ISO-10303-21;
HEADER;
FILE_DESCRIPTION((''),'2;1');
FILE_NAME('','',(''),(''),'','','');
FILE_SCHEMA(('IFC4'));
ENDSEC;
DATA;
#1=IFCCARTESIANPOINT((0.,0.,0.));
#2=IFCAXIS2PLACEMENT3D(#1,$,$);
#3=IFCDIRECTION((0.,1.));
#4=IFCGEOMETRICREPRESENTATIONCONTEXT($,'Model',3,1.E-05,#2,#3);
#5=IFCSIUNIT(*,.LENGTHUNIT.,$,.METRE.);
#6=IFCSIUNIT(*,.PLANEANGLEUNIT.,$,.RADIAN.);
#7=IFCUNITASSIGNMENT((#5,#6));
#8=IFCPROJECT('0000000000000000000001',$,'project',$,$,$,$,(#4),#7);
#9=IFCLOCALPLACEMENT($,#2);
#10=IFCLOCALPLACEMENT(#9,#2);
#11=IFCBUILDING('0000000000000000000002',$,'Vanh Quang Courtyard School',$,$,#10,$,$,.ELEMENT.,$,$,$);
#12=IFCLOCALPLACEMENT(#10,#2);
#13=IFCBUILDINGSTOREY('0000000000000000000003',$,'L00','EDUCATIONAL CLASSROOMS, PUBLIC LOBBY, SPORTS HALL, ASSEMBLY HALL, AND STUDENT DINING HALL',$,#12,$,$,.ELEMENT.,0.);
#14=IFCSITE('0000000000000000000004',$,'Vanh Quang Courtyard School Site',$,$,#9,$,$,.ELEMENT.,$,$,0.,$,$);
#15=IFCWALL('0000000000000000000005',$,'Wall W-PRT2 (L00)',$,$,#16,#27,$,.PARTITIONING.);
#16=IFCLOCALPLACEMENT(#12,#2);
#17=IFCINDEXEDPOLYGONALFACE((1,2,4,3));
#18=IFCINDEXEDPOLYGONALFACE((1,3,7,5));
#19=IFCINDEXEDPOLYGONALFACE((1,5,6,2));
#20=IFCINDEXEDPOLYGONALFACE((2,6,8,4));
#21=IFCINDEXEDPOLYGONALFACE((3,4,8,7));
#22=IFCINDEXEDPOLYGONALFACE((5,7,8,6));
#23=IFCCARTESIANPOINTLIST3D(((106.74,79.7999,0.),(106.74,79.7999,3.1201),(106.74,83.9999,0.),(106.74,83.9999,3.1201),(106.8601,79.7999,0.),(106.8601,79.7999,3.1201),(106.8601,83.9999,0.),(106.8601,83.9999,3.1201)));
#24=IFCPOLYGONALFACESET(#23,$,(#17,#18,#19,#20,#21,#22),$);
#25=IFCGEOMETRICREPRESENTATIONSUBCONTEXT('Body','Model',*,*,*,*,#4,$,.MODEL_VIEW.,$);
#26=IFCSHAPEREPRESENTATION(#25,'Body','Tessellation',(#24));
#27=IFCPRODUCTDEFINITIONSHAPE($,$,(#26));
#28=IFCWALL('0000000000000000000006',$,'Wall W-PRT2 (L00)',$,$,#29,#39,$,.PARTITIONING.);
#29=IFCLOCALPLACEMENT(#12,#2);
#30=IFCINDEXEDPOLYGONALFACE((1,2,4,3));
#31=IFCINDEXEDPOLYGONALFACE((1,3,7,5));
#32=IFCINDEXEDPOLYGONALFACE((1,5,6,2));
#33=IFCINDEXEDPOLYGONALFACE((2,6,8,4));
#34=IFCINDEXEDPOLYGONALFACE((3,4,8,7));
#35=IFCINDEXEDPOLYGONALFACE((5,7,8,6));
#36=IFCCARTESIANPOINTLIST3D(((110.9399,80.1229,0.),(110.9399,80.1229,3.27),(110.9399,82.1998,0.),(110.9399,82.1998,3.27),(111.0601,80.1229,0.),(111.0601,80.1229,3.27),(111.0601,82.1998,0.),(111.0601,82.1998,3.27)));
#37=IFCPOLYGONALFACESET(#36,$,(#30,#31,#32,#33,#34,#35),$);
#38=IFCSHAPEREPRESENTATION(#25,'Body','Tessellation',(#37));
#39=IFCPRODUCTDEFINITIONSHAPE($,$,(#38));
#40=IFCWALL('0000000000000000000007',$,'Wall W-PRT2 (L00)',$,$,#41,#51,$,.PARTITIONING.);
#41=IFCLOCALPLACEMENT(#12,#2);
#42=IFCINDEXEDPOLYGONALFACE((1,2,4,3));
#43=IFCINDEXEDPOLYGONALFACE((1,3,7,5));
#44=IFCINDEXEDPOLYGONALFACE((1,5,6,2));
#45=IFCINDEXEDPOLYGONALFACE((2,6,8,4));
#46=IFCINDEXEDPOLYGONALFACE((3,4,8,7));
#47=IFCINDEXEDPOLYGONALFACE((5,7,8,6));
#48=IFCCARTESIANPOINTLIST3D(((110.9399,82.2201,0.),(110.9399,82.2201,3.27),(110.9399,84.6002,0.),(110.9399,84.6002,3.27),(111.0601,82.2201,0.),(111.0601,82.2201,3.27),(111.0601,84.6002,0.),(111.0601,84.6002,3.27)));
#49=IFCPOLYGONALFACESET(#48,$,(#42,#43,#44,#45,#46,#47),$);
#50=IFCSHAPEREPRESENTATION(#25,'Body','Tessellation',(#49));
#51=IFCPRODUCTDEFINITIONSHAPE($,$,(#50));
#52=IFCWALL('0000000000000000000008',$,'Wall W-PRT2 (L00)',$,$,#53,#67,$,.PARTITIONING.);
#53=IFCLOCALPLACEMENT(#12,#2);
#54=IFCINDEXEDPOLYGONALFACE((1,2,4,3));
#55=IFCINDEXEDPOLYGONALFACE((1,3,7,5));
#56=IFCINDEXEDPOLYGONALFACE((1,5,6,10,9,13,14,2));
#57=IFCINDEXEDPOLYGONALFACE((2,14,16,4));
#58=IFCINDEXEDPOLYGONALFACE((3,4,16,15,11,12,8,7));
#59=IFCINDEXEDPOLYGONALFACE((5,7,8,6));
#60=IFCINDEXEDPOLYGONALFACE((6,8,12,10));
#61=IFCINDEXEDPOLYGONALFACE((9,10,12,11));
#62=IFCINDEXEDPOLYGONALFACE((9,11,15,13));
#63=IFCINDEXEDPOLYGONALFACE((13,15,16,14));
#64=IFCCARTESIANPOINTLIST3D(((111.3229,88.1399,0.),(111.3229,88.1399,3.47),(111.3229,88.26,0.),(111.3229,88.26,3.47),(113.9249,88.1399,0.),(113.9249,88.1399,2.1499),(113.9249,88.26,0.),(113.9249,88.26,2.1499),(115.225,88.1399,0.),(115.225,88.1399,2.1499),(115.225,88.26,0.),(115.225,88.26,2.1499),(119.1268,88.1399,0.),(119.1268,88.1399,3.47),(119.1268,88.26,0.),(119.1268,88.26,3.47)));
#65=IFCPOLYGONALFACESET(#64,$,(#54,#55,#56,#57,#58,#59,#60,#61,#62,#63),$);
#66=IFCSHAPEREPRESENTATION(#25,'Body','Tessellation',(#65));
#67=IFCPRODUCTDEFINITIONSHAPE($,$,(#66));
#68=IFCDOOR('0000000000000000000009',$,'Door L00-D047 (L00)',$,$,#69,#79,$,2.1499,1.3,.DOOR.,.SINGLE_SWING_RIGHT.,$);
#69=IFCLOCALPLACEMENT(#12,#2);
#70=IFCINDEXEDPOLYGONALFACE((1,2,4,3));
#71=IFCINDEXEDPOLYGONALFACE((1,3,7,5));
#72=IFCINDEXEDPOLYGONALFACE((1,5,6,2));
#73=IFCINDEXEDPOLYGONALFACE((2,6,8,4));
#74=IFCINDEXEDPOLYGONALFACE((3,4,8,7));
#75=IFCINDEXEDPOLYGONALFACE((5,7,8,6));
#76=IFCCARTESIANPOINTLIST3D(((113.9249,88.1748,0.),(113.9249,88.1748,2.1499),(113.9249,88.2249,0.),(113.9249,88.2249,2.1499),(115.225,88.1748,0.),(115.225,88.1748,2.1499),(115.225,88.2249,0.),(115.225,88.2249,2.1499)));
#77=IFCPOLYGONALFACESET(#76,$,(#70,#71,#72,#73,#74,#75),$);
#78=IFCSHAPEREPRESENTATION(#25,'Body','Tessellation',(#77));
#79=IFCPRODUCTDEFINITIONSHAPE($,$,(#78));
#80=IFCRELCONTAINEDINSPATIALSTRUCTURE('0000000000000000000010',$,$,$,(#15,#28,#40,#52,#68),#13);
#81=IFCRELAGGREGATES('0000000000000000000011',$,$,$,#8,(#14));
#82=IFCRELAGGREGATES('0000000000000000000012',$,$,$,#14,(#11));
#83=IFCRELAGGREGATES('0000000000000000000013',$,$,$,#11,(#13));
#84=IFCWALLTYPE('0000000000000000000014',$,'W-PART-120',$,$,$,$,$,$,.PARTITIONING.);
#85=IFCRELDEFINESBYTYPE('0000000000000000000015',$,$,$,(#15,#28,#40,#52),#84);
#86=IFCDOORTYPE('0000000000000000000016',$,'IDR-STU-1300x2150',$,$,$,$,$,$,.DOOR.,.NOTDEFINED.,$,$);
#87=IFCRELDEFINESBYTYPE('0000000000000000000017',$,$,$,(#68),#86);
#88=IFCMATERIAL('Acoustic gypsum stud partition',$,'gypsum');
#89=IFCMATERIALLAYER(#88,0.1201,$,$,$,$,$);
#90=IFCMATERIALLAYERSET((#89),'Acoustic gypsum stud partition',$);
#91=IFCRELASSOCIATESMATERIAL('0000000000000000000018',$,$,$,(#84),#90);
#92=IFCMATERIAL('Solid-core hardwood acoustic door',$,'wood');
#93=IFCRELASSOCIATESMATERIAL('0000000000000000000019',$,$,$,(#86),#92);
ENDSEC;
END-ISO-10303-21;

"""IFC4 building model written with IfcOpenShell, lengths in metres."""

from ifc_helpers import new_model, si_unit, direction, frame, frame_2d, origin, place, context, subcontext, project, spatial, rectangle, extrude, material, layer, layer_set, type_object, element, fill, save


model = new_model("IFC4")

# Units and contexts
model_context = context("Model", 3, precision=1e-05, world=origin(), true_north=direction((0.0, 1.0)))
body_context = subcontext(model_context, "Body", "Model", "MODEL_VIEW")
ifc_project = project(units=[si_unit("LENGTHUNIT", "METRE"), si_unit("PLANEANGLEUNIT", "RADIAN")], contexts=[model_context])

# Site, building, storey
site_placement = place(None, origin())
site = spatial("IfcSite", under=ifc_project, at=site_placement, Name="Vanh Quang Courtyard School Site", CompositionType="ELEMENT", RefElevation=0.0)
building_placement = place(site_placement, origin())
building = spatial("IfcBuilding", under=site, at=building_placement, Name="Vanh Quang Courtyard School", CompositionType="ELEMENT")
storey_placement = place(building_placement, origin())
storey = spatial("IfcBuildingStorey", under=building, at=storey_placement, Name="L00", Description="EDUCATIONAL CLASSROOMS, PUBLIC LOBBY, SPORTS HALL, ASSEMBLY HALL, AND STUDENT DINING HALL", CompositionType="ELEMENT", Elevation=0.0)

# Walls
ifc_material_1 = material(Name="Acoustic gypsum stud partition", Category="gypsum")
ifc_layer_1 = layer(ifc_material_1, 0.1201)
ifc_layer_set_1 = layer_set([ifc_layer_1], Name="Acoustic gypsum stud partition")
wall_type_1 = type_object("IfcWallType", Name="W-PART-120", PredefinedType="PARTITIONING", material=ifc_layer_set_1)
wall_1_placement = place(storey_placement, frame((106.8, 84.0, 0.0), z_axis=(0.0, 0.0, 1.0), x_axis=(0.0, -1.0, 0.0)))
element("IfcWall", 1, at=wall_1_placement, inside=storey, type_object=wall_type_1, Name="Wall W-PRT2 (L00)", PredefinedType="PARTITIONING", context=body_context, shape_type="SweptSolid", body=[
    extrude(rectangle(XDim=4.2, YDim=0.1201, at=frame_2d((2.1001, 0.0))), origin(), (0.0, 0.0, 1.0), 3.1201),
])
wall_2_placement = place(storey_placement, frame((111.0, 82.2, 0.0), z_axis=(0.0, 0.0, 1.0), x_axis=(0.0, -1.0, 0.0)))
element("IfcWall", 2, at=wall_2_placement, inside=storey, type_object=wall_type_1, Name="Wall W-PRT2 (L00)", PredefinedType="PARTITIONING", context=body_context, shape_type="SweptSolid", body=[
    extrude(rectangle(XDim=2.0769, YDim=0.1201, at=frame_2d((1.0386, 0.0))), origin(), (0.0, 0.0, 1.0), 3.27),
])
wall_3_placement = place(storey_placement, frame((111.0, 84.6001, 0.0), z_axis=(0.0, 0.0, 1.0), x_axis=(0.0, -1.0, 0.0)))
element("IfcWall", 3, at=wall_3_placement, inside=storey, type_object=wall_type_1, Name="Wall W-PRT2 (L00)", PredefinedType="PARTITIONING", context=body_context, shape_type="SweptSolid", body=[
    extrude(rectangle(XDim=2.3801, YDim=0.1201, at=frame_2d((1.1899, 0.0))), origin(), (0.0, 0.0, 1.0), 3.27),
])

# Wall, opening, door
wall_4_placement = place(storey_placement, frame((111.323, 88.2, 0.0), z_axis=(0.0, 0.0, 1.0), x_axis=(1.0, 0.0, 0.0)))
wall_4 = element("IfcWall", 4, at=wall_4_placement, inside=storey, type_object=wall_type_1, Name="Wall W-PRT2 (L00)", PredefinedType="PARTITIONING", context=body_context, shape_type="SweptSolid", body=[
    extrude(rectangle(XDim=7.804, YDim=0.1201, at=frame_2d((3.9019, 0.0))), origin(), (0.0, 0.0, 1.0), 3.47),
])
opening_1_placement = place(wall_4_placement, frame((2.6021, 0.0, 0.0)))
opening_1 = element("IfcOpeningElement", 5, at=opening_1_placement, cuts=wall_4, PredefinedType="OPENING", context=body_context, shape_type="SweptSolid", body=[
    extrude(rectangle(XDim=1.3, YDim=2.1499, at=frame_2d((0.6499, 1.075))), frame((0.0, 0.0701, 0.0), z_axis=(0.0, -1.0, 0.0), x_axis=(1.0, 0.0, 0.0)), (0.0, 0.0, 1.0), 0.1401),
])
ifc_material_2 = material(Name="Solid-core hardwood acoustic door", Category="wood")
door_type_1 = type_object("IfcDoorType", Name="IDR-STU-1300x2150", OperationType="NOTDEFINED", PredefinedType="DOOR", material=ifc_material_2)
door_1_placement = place(opening_1_placement, origin())
door_1 = element("IfcDoor", 6, at=door_1_placement, inside=storey, type_object=door_type_1, Name="Door L00-D047 (L00)", OperationType="SINGLE_SWING_RIGHT", OverallHeight=2.1499, OverallWidth=1.3, PredefinedType="DOOR", context=body_context, shape_type="SweptSolid", body=[
    extrude(rectangle(XDim=1.3, YDim=2.1499, at=frame_2d((0.6499, 1.075))), frame((0.0, 0.0249, 0.0), z_axis=(0.0, -1.0, 0.0), x_axis=(1.0, 0.0, 0.0)), (0.0, 0.0, 1.0), 0.05),
])
fill(opening_1, door_1)

save(model, "model.ifc")
